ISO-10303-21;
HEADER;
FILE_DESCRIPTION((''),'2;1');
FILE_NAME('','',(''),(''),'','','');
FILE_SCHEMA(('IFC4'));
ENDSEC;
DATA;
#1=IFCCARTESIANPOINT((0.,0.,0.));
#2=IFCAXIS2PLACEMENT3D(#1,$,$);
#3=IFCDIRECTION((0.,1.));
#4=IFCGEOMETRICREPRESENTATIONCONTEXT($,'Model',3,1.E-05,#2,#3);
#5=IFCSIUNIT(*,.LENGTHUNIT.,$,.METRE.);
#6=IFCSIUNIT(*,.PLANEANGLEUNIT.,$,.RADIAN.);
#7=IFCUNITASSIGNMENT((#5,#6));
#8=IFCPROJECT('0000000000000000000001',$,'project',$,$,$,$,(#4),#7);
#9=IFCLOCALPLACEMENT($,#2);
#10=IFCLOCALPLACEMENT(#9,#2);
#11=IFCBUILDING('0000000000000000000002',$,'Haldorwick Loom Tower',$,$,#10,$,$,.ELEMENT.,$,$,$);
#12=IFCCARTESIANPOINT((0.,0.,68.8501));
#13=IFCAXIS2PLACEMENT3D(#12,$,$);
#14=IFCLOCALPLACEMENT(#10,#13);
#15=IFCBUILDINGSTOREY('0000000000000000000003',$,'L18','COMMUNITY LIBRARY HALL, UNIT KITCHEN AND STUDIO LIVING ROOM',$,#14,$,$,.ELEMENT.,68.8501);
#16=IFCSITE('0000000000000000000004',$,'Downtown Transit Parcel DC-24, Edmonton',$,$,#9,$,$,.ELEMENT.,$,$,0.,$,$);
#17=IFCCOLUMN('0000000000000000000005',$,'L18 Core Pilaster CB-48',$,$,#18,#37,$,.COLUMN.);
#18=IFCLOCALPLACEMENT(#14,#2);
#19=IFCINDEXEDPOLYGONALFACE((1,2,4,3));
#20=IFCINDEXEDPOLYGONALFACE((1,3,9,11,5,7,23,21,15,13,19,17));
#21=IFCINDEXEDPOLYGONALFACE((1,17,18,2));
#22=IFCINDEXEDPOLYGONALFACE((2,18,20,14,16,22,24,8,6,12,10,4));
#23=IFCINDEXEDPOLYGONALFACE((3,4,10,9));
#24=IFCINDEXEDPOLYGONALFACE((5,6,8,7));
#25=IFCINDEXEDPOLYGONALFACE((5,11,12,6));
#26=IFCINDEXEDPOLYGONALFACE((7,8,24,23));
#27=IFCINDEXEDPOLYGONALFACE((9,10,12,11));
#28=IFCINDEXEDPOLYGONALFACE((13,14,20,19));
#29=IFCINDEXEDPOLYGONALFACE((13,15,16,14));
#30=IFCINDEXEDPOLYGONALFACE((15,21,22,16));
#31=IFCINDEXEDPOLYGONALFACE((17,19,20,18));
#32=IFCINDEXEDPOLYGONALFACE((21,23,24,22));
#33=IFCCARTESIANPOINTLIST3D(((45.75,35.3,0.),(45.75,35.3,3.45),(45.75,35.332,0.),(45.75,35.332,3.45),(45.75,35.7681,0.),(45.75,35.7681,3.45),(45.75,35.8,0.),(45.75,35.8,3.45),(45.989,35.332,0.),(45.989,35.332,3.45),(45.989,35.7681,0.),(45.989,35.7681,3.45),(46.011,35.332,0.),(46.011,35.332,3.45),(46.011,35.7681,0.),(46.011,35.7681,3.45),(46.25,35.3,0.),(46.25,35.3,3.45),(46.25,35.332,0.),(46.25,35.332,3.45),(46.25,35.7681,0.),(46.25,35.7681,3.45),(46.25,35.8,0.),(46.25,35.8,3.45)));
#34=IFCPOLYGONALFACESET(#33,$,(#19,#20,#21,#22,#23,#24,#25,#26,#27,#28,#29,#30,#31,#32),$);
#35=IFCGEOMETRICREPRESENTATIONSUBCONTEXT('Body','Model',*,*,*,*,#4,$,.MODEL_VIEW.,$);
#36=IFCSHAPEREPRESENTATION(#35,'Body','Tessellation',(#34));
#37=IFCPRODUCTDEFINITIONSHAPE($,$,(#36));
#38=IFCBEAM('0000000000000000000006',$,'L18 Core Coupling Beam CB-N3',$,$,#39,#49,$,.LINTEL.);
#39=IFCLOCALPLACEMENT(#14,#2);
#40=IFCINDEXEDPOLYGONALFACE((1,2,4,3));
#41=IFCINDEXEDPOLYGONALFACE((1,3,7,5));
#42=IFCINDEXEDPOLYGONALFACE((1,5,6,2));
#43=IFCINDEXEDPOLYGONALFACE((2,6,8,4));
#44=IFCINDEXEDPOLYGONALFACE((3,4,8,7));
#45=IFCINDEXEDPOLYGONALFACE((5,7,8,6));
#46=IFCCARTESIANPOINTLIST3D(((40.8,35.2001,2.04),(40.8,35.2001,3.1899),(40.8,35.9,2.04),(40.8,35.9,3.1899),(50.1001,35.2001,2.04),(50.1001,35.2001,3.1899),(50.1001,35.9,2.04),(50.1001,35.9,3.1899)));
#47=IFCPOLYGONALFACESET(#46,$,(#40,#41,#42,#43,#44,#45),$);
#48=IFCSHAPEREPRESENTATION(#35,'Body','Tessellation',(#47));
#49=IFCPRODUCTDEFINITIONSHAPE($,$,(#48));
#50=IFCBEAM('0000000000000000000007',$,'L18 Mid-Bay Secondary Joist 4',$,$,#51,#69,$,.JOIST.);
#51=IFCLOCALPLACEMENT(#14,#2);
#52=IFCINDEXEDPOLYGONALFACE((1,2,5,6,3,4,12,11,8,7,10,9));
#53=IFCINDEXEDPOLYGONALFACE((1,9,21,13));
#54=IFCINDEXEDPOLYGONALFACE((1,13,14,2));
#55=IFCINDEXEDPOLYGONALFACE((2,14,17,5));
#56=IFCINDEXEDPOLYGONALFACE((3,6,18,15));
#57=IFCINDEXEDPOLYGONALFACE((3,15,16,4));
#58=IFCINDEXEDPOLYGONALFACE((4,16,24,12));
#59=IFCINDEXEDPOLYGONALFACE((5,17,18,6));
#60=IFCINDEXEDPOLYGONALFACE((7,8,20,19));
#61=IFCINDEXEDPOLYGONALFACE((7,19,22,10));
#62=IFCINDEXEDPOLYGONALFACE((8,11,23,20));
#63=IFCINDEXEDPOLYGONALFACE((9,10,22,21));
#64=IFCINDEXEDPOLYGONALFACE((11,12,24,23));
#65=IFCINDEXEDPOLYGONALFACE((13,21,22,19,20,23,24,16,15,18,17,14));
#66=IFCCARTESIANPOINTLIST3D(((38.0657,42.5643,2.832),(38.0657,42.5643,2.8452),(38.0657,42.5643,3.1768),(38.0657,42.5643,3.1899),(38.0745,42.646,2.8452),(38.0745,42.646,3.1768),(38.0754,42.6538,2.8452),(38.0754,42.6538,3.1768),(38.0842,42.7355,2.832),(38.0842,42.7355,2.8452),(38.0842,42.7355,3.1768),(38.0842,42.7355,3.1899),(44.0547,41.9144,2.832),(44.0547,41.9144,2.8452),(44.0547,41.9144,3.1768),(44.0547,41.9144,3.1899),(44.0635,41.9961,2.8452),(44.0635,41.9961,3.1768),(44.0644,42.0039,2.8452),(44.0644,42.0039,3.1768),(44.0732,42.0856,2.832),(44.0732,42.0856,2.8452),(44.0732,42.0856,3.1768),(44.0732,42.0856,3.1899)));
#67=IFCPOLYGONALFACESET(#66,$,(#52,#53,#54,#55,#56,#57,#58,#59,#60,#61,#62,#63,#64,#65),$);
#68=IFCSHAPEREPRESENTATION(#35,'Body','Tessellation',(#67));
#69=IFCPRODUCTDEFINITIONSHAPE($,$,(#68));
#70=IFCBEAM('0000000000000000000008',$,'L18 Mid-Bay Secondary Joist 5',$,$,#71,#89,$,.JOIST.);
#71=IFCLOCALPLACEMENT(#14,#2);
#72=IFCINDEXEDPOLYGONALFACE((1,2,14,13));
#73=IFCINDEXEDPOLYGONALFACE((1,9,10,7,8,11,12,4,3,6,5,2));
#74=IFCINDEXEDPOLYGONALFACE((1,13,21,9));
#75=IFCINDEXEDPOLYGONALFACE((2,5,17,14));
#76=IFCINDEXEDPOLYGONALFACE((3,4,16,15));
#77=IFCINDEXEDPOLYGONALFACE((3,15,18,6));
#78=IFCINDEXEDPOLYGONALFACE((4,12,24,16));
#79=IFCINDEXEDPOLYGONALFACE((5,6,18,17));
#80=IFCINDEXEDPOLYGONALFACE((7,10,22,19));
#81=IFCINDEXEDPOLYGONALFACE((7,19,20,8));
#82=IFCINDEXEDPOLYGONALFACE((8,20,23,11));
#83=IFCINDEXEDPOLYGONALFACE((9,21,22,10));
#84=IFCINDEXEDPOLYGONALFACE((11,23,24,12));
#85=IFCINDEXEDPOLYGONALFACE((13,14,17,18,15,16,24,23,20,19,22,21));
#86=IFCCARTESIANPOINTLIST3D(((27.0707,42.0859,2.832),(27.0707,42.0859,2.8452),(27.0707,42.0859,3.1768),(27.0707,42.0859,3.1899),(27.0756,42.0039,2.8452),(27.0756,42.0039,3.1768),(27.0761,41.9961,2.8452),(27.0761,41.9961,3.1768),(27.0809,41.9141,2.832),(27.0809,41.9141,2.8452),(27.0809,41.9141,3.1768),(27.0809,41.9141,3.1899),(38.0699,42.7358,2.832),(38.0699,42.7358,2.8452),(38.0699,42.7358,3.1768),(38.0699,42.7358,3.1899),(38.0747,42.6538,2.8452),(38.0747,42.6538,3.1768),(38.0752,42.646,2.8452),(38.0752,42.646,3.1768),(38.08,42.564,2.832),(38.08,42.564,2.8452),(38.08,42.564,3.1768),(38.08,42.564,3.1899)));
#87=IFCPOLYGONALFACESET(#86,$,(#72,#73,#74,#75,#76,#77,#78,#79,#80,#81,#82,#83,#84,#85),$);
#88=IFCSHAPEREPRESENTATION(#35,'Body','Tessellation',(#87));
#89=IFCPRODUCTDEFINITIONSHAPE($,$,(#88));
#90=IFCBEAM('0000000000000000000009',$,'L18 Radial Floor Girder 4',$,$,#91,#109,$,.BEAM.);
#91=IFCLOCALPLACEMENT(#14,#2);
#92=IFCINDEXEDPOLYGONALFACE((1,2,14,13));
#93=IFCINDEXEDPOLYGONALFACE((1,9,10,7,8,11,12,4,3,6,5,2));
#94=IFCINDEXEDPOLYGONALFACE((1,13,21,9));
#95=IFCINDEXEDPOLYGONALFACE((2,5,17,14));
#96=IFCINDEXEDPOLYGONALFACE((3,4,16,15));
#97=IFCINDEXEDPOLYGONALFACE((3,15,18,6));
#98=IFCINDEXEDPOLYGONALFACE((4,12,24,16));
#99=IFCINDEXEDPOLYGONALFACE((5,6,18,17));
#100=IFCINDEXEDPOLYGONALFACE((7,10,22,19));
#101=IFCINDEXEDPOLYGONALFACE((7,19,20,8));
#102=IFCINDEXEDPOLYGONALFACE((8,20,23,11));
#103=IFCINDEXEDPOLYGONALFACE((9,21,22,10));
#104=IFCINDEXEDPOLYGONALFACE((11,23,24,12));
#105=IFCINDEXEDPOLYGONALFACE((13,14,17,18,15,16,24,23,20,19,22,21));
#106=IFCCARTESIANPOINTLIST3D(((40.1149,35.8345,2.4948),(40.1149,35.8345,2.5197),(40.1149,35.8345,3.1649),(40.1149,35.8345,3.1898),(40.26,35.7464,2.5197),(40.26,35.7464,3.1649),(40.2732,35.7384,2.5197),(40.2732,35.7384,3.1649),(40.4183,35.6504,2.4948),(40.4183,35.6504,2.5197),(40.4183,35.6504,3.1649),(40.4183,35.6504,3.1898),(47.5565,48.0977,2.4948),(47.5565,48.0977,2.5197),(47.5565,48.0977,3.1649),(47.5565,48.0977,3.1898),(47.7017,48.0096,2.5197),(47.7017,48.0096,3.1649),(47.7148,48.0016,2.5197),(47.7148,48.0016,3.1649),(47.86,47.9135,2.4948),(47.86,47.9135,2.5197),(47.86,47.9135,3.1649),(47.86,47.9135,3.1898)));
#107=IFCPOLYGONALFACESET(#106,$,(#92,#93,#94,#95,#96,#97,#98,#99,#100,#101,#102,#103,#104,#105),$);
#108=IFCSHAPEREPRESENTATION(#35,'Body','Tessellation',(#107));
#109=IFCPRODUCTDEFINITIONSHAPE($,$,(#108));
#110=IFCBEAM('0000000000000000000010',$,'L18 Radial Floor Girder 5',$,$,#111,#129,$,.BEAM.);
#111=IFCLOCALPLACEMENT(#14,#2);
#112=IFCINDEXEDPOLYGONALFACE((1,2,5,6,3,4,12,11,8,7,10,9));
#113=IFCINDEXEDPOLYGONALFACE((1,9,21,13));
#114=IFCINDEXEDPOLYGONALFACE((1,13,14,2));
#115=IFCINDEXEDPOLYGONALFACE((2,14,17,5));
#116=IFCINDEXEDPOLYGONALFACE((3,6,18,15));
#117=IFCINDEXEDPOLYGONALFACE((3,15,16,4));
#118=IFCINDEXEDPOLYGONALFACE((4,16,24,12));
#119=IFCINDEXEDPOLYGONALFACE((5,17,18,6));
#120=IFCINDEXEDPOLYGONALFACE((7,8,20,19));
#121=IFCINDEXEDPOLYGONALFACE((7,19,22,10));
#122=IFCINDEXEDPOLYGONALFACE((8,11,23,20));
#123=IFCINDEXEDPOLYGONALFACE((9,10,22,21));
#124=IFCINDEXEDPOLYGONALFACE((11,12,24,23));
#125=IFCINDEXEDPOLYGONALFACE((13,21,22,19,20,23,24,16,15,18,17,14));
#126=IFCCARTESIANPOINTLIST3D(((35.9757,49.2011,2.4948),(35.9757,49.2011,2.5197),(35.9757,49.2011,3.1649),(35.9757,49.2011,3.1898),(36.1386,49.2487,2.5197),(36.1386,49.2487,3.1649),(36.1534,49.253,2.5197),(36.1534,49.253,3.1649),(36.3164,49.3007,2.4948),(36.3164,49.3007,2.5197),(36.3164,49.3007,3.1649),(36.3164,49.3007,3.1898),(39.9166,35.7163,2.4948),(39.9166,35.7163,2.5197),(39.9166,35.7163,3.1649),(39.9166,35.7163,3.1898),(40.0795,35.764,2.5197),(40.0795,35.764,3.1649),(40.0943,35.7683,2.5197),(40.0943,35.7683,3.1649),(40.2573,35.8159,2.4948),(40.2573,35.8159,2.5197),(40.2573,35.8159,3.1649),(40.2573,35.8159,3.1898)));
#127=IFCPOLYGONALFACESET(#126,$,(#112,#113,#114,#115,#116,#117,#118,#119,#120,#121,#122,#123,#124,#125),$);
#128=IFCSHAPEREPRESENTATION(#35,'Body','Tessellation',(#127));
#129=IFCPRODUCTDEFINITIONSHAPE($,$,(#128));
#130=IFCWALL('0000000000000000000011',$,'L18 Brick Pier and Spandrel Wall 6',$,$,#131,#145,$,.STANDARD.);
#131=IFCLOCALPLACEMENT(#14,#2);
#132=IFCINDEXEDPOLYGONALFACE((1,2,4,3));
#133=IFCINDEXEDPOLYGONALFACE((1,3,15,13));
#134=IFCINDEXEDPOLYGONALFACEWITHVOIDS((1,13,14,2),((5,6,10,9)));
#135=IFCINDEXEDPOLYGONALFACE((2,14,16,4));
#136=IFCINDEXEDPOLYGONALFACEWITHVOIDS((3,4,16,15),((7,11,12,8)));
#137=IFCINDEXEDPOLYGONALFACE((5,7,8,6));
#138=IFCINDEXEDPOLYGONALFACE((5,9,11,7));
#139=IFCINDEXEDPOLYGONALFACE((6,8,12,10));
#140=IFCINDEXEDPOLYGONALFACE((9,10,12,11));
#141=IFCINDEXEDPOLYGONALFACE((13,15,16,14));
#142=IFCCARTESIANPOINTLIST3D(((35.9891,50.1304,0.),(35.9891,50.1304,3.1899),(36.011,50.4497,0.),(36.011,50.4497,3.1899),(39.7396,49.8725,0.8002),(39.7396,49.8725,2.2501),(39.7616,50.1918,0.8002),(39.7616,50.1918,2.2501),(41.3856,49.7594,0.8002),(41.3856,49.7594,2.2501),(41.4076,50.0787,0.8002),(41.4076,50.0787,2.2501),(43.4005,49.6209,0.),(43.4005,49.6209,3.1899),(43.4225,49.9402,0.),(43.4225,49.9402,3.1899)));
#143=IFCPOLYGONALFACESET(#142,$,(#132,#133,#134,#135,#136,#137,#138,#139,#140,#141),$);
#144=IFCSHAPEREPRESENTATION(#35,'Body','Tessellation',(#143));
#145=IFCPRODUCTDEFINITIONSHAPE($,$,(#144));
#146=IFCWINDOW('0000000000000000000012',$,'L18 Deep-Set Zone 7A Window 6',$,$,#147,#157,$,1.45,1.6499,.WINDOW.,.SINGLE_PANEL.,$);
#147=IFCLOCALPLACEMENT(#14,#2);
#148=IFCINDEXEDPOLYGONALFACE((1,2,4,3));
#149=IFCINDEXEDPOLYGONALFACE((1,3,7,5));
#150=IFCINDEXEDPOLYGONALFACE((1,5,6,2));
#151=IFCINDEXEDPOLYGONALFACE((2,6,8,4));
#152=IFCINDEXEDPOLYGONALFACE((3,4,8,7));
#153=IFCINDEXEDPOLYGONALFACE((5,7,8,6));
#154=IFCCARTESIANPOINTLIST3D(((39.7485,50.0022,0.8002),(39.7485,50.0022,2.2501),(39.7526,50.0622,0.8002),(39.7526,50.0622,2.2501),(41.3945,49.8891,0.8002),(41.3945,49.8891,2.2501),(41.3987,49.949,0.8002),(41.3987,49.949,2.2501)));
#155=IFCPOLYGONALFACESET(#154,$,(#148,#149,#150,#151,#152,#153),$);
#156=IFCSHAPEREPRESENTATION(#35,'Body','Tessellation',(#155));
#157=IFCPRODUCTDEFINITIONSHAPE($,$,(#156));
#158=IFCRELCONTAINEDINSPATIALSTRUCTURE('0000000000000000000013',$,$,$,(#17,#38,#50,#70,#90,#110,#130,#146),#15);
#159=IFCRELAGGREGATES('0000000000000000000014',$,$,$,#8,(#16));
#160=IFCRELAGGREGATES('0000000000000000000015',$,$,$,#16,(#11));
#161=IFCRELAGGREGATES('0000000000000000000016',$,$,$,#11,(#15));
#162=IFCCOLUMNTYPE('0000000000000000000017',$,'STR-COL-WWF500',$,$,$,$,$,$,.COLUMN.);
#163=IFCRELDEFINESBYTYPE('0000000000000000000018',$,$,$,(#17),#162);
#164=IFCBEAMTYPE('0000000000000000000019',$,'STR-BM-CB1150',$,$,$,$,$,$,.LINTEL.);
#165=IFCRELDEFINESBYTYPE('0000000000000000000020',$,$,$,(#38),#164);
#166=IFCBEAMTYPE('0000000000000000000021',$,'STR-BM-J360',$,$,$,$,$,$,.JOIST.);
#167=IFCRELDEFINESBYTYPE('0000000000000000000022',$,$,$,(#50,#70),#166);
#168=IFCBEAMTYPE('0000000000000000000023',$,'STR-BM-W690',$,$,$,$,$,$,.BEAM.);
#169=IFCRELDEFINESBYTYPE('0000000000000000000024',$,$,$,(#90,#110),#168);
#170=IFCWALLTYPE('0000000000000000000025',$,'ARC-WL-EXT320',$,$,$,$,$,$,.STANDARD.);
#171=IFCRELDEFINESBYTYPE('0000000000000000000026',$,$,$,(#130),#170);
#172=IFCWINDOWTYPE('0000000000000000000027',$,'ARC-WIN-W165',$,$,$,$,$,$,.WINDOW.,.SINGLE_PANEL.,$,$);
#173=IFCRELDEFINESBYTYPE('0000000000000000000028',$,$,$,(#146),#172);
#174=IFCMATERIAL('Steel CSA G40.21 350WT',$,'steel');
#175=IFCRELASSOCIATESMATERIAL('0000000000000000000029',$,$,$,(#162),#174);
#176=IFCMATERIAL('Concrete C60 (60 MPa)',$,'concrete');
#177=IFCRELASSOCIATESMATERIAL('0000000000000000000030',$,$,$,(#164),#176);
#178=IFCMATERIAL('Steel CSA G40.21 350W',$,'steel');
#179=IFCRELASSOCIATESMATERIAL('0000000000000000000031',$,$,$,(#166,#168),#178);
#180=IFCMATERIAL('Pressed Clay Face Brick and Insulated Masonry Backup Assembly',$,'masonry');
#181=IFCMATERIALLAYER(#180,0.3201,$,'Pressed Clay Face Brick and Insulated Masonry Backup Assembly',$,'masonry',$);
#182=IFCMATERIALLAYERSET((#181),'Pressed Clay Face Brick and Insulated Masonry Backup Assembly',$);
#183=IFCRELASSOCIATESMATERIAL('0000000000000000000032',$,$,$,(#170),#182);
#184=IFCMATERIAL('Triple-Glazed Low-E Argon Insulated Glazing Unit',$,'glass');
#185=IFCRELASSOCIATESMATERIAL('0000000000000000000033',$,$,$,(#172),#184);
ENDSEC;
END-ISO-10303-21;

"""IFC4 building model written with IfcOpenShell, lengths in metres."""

from ifc_helpers import new_model, si_unit, direction, frame, frame_2d, origin, origin_2d, place, context, subcontext, project, spatial, rectangle, i_section, extrude, material, layer, layer_set, material_profile, profile_set, type_object, element, fill, save


model = new_model("IFC4")

# Units and contexts
model_context = context("Model", 3, precision=1e-05, world=origin(), true_north=direction((0.0, 1.0)))
body_context = subcontext(model_context, "Body", "Model", "MODEL_VIEW")
ifc_project = project(units=[si_unit("LENGTHUNIT", "METRE"), si_unit("PLANEANGLEUNIT", "RADIAN")], contexts=[model_context])

# Site, building, storey
site_placement = place(None, origin())
site = spatial("IfcSite", under=ifc_project, at=site_placement, Name="Downtown Transit Parcel DC-24, Edmonton", CompositionType="ELEMENT", RefElevation=0.0)
building_placement = place(site_placement, origin())
building = spatial("IfcBuilding", under=site, at=building_placement, Name="Haldorwick Loom Tower", CompositionType="ELEMENT")
storey_placement = place(building_placement, frame((0.0, 0.0, 68.8501)))
storey = spatial("IfcBuildingStorey", under=building, at=storey_placement, Name="L18", Description="COMMUNITY LIBRARY HALL, UNIT KITCHEN AND STUDIO LIVING ROOM", CompositionType="ELEMENT", Elevation=68.8501)

# Column
ifc_material_1 = material(Name="Concrete C60 (60 MPa)", Category="concrete")
ifc_material_2 = material(Name="Steel CSA G40.21 350WT", Category="steel")
ifc_material_profile_1 = material_profile(ifc_material_2, i_section(OverallWidth=0.5, OverallDepth=0.5, WebThickness=0.022, FlangeThickness=0.032, at=origin_2d()), Name="WWF500X500", Category="steel")
ifc_profile_set_1 = profile_set([ifc_material_profile_1], Name="Steel CSA G40.21 350WT")
column_type_1 = type_object("IfcColumnType", Name="STR-COL-WWF500", PredefinedType="COLUMN", material=ifc_profile_set_1)
for number, where, z_axis, x_axis, name in (
    (1, (46.0, 35.55, 0.0), (0.0, 0.0, 1.0), (1.0, 0.0, 0.0), "L18 Core Pilaster CB-48"),
):
    element("IfcColumn", number, at=place(storey_placement, frame(where, z_axis=z_axis, x_axis=x_axis)), inside=storey, type_object=column_type_1, Name=name, PredefinedType="COLUMN", context=body_context, shape_type="SweptSolid", body=[
        extrude(i_section(OverallWidth=0.5, OverallDepth=0.5, WebThickness=0.022, FlangeThickness=0.032, at=origin_2d()), origin(), (0.0, 0.0, 1.0), 3.45),
    ])

# Beams
ifc_material_profile_2 = material_profile(ifc_material_1, rectangle(XDim=0.7, YDim=1.1499, at=origin_2d()), Name="RC700X1150", Category="concrete")
ifc_profile_set_2 = profile_set([ifc_material_profile_2], Name="Concrete C60 (60 MPa)")
beam_type_1 = type_object("IfcBeamType", Name="STR-BM-CB1150", PredefinedType="LINTEL", material=ifc_profile_set_2)
beam_1_placement = place(storey_placement, frame((40.8, 35.55, 2.615), z_axis=(1.0, 0.0, 0.0), x_axis=(0.0, 1.0, 0.0)))
element("IfcBeam", 2, at=beam_1_placement, inside=storey, type_object=beam_type_1, Name="L18 Core Coupling Beam CB-N3", PredefinedType="LINTEL", context=body_context, shape_type="SweptSolid", body=[
    extrude(rectangle(XDim=0.7, YDim=1.1499, at=origin_2d()), origin(), (0.0, 0.0, 1.0), 9.3),
])
ifc_material_3 = material(Name="Steel CSA G40.21 350W", Category="steel")
ifc_material_profile_3 = material_profile(ifc_material_3, i_section(OverallWidth=0.1721, OverallDepth=0.3579, WebThickness=0.0078, FlangeThickness=0.0132, at=origin_2d()), Name="W360X57", Category="steel")
ifc_profile_set_3 = profile_set([ifc_material_profile_3], Name="Steel CSA G40.21 350W")
beam_type_2 = type_object("IfcBeamType", Name="STR-BM-J360", PredefinedType="JOIST", material=ifc_profile_set_3)
beam_2_placement = place(storey_placement, frame((44.064, 42.0, 3.011), z_axis=(-0.994164, 0.107882, 0.0), x_axis=(-0.107882, -0.994164, 0.0)))
element("IfcBeam", 3, at=beam_2_placement, inside=storey, type_object=beam_type_2, Name="L18 Mid-Bay Secondary Joist 4", PredefinedType="JOIST", context=body_context, shape_type="SweptSolid", body=[
    extrude(i_section(OverallWidth=0.1721, OverallDepth=0.3579, WebThickness=0.0078, FlangeThickness=0.0132, at=origin_2d()), origin(), (0.0, 0.0, 1.0), 6.0242),
])
beam_3_placement = place(storey_placement, frame((38.075, 42.6499, 3.011), z_axis=(-0.998259, -0.058984, 0.0), x_axis=(0.058984, -0.998259, 0.0)))
element("IfcBeam", 4, at=beam_3_placement, inside=storey, type_object=beam_type_2, Name="L18 Mid-Bay Secondary Joist 5", PredefinedType="JOIST", context=body_context, shape_type="SweptSolid", body=[
    extrude(i_section(OverallWidth=0.1721, OverallDepth=0.3579, WebThickness=0.0078, FlangeThickness=0.0132, at=origin_2d()), origin(), (0.0, 0.0, 1.0), 11.0183),
])
ifc_material_profile_4 = material_profile(ifc_material_3, i_section(OverallWidth=0.355, OverallDepth=0.6951, WebThickness=0.0154, FlangeThickness=0.0249, at=origin_2d()), Name="W690X217", Category="steel")
ifc_profile_set_4 = profile_set([ifc_material_profile_4], Name="Steel CSA G40.21 350W")
beam_type_3 = type_object("IfcBeamType", Name="STR-BM-W690", PredefinedType="BEAM", material=ifc_profile_set_4)
beam_4_placement = place(storey_placement, frame((40.2666, 35.7424, 2.8423), z_axis=(0.518782, 0.854907, 0.0), x_axis=(-0.854907, 0.518782, 0.0)))
element("IfcBeam", 5, at=beam_4_placement, inside=storey, type_object=beam_type_3, Name="L18 Radial Floor Girder 4", PredefinedType="BEAM", context=body_context, shape_type="SweptSolid", body=[
    extrude(i_section(OverallWidth=0.355, OverallDepth=0.6951, WebThickness=0.0154, FlangeThickness=0.0249, at=origin_2d()), origin(), (0.0, 0.0, 1.0), 14.3445),
])
beam_5_placement = place(storey_placement, frame((40.0869, 35.7661, 2.8423), z_axis=(-0.280514, 0.95985, 0.0), x_axis=(-0.95985, -0.280514, 0.0)))
element("IfcBeam", 6, at=beam_5_placement, inside=storey, type_object=beam_type_3, Name="L18 Radial Floor Girder 5", PredefinedType="BEAM", context=body_context, shape_type="SweptSolid", body=[
    extrude(i_section(OverallWidth=0.355, OverallDepth=0.6951, WebThickness=0.0154, FlangeThickness=0.0249, at=origin_2d()), origin(), (0.0, 0.0, 1.0), 14.0488),
])

# Wall, opening, window
ifc_material_4 = material(Name="Pressed Clay Face Brick and Insulated Masonry Backup Assembly", Category="masonry")
ifc_layer_1 = layer(ifc_material_4, 0.3201, Name="Pressed Clay Face Brick and Insulated Masonry Backup Assembly", Category="masonry")
ifc_layer_set_1 = layer_set([ifc_layer_1], Name="Pressed Clay Face Brick and Insulated Masonry Backup Assembly")
wall_type_1 = type_object("IfcWallType", Name="ARC-WL-EXT320", PredefinedType="STANDARD", material=ifc_layer_set_1)
wall_1_placement = place(storey_placement, frame((43.4114, 49.7805, 0.0), z_axis=(0.0, 0.0, 1.0), x_axis=(-0.997645, 0.068587, 0.0)))
wall_1 = element("IfcWall", 7, at=wall_1_placement, inside=storey, type_object=wall_type_1, Name="L18 Brick Pier and Spandrel Wall 6", PredefinedType="STANDARD", context=body_context, shape_type="SweptSolid", body=[
    extrude(rectangle(XDim=7.429, YDim=0.3201, at=frame_2d((3.7144, 0.0))), origin(), (0.0, 0.0, 1.0), 3.1899),
])
opening_1_placement = place(wall_1_placement, frame((2.0195, 0.0, 0.8)))
opening_1 = element("IfcOpeningElement", 8, at=opening_1_placement, cuts=wall_1, PredefinedType="OPENING", context=body_context, shape_type="SweptSolid", body=[
    extrude(rectangle(XDim=1.6499, YDim=1.45, at=frame_2d((0.825, 0.7251))), frame((0.0, 0.1699, 0.0), z_axis=(0.0, -1.0, 0.0), x_axis=(1.0, 0.0, 0.0)), (0.0, 0.0, 1.0), 0.3401),
])
ifc_material_5 = material(Name="Triple-Glazed Low-E Argon Insulated Glazing Unit", Category="glass")
window_type = type_object("IfcWindowType", Name="ARC-WIN-W165", PartitioningType="SINGLE_PANEL", PredefinedType="WINDOW", material=ifc_material_5)
window_1_placement = place(opening_1_placement, origin())
window_1 = element("IfcWindow", 9, at=window_1_placement, inside=storey, type_object=window_type, Name="L18 Deep-Set Zone 7A Window 6", OverallHeight=1.45, OverallWidth=1.6499, PartitioningType="SINGLE_PANEL", PredefinedType="WINDOW", context=body_context, shape_type="SweptSolid", body=[
    extrude(rectangle(XDim=1.6499, YDim=1.45, at=frame_2d((0.825, 0.7251))), frame((0.0, 0.03, 0.0), z_axis=(0.0, -1.0, 0.0), x_axis=(1.0, 0.0, 0.0)), (0.0, 0.0, 1.0), 0.0601),
])
fill(opening_1, window_1)

save(model, "model.ifc")
